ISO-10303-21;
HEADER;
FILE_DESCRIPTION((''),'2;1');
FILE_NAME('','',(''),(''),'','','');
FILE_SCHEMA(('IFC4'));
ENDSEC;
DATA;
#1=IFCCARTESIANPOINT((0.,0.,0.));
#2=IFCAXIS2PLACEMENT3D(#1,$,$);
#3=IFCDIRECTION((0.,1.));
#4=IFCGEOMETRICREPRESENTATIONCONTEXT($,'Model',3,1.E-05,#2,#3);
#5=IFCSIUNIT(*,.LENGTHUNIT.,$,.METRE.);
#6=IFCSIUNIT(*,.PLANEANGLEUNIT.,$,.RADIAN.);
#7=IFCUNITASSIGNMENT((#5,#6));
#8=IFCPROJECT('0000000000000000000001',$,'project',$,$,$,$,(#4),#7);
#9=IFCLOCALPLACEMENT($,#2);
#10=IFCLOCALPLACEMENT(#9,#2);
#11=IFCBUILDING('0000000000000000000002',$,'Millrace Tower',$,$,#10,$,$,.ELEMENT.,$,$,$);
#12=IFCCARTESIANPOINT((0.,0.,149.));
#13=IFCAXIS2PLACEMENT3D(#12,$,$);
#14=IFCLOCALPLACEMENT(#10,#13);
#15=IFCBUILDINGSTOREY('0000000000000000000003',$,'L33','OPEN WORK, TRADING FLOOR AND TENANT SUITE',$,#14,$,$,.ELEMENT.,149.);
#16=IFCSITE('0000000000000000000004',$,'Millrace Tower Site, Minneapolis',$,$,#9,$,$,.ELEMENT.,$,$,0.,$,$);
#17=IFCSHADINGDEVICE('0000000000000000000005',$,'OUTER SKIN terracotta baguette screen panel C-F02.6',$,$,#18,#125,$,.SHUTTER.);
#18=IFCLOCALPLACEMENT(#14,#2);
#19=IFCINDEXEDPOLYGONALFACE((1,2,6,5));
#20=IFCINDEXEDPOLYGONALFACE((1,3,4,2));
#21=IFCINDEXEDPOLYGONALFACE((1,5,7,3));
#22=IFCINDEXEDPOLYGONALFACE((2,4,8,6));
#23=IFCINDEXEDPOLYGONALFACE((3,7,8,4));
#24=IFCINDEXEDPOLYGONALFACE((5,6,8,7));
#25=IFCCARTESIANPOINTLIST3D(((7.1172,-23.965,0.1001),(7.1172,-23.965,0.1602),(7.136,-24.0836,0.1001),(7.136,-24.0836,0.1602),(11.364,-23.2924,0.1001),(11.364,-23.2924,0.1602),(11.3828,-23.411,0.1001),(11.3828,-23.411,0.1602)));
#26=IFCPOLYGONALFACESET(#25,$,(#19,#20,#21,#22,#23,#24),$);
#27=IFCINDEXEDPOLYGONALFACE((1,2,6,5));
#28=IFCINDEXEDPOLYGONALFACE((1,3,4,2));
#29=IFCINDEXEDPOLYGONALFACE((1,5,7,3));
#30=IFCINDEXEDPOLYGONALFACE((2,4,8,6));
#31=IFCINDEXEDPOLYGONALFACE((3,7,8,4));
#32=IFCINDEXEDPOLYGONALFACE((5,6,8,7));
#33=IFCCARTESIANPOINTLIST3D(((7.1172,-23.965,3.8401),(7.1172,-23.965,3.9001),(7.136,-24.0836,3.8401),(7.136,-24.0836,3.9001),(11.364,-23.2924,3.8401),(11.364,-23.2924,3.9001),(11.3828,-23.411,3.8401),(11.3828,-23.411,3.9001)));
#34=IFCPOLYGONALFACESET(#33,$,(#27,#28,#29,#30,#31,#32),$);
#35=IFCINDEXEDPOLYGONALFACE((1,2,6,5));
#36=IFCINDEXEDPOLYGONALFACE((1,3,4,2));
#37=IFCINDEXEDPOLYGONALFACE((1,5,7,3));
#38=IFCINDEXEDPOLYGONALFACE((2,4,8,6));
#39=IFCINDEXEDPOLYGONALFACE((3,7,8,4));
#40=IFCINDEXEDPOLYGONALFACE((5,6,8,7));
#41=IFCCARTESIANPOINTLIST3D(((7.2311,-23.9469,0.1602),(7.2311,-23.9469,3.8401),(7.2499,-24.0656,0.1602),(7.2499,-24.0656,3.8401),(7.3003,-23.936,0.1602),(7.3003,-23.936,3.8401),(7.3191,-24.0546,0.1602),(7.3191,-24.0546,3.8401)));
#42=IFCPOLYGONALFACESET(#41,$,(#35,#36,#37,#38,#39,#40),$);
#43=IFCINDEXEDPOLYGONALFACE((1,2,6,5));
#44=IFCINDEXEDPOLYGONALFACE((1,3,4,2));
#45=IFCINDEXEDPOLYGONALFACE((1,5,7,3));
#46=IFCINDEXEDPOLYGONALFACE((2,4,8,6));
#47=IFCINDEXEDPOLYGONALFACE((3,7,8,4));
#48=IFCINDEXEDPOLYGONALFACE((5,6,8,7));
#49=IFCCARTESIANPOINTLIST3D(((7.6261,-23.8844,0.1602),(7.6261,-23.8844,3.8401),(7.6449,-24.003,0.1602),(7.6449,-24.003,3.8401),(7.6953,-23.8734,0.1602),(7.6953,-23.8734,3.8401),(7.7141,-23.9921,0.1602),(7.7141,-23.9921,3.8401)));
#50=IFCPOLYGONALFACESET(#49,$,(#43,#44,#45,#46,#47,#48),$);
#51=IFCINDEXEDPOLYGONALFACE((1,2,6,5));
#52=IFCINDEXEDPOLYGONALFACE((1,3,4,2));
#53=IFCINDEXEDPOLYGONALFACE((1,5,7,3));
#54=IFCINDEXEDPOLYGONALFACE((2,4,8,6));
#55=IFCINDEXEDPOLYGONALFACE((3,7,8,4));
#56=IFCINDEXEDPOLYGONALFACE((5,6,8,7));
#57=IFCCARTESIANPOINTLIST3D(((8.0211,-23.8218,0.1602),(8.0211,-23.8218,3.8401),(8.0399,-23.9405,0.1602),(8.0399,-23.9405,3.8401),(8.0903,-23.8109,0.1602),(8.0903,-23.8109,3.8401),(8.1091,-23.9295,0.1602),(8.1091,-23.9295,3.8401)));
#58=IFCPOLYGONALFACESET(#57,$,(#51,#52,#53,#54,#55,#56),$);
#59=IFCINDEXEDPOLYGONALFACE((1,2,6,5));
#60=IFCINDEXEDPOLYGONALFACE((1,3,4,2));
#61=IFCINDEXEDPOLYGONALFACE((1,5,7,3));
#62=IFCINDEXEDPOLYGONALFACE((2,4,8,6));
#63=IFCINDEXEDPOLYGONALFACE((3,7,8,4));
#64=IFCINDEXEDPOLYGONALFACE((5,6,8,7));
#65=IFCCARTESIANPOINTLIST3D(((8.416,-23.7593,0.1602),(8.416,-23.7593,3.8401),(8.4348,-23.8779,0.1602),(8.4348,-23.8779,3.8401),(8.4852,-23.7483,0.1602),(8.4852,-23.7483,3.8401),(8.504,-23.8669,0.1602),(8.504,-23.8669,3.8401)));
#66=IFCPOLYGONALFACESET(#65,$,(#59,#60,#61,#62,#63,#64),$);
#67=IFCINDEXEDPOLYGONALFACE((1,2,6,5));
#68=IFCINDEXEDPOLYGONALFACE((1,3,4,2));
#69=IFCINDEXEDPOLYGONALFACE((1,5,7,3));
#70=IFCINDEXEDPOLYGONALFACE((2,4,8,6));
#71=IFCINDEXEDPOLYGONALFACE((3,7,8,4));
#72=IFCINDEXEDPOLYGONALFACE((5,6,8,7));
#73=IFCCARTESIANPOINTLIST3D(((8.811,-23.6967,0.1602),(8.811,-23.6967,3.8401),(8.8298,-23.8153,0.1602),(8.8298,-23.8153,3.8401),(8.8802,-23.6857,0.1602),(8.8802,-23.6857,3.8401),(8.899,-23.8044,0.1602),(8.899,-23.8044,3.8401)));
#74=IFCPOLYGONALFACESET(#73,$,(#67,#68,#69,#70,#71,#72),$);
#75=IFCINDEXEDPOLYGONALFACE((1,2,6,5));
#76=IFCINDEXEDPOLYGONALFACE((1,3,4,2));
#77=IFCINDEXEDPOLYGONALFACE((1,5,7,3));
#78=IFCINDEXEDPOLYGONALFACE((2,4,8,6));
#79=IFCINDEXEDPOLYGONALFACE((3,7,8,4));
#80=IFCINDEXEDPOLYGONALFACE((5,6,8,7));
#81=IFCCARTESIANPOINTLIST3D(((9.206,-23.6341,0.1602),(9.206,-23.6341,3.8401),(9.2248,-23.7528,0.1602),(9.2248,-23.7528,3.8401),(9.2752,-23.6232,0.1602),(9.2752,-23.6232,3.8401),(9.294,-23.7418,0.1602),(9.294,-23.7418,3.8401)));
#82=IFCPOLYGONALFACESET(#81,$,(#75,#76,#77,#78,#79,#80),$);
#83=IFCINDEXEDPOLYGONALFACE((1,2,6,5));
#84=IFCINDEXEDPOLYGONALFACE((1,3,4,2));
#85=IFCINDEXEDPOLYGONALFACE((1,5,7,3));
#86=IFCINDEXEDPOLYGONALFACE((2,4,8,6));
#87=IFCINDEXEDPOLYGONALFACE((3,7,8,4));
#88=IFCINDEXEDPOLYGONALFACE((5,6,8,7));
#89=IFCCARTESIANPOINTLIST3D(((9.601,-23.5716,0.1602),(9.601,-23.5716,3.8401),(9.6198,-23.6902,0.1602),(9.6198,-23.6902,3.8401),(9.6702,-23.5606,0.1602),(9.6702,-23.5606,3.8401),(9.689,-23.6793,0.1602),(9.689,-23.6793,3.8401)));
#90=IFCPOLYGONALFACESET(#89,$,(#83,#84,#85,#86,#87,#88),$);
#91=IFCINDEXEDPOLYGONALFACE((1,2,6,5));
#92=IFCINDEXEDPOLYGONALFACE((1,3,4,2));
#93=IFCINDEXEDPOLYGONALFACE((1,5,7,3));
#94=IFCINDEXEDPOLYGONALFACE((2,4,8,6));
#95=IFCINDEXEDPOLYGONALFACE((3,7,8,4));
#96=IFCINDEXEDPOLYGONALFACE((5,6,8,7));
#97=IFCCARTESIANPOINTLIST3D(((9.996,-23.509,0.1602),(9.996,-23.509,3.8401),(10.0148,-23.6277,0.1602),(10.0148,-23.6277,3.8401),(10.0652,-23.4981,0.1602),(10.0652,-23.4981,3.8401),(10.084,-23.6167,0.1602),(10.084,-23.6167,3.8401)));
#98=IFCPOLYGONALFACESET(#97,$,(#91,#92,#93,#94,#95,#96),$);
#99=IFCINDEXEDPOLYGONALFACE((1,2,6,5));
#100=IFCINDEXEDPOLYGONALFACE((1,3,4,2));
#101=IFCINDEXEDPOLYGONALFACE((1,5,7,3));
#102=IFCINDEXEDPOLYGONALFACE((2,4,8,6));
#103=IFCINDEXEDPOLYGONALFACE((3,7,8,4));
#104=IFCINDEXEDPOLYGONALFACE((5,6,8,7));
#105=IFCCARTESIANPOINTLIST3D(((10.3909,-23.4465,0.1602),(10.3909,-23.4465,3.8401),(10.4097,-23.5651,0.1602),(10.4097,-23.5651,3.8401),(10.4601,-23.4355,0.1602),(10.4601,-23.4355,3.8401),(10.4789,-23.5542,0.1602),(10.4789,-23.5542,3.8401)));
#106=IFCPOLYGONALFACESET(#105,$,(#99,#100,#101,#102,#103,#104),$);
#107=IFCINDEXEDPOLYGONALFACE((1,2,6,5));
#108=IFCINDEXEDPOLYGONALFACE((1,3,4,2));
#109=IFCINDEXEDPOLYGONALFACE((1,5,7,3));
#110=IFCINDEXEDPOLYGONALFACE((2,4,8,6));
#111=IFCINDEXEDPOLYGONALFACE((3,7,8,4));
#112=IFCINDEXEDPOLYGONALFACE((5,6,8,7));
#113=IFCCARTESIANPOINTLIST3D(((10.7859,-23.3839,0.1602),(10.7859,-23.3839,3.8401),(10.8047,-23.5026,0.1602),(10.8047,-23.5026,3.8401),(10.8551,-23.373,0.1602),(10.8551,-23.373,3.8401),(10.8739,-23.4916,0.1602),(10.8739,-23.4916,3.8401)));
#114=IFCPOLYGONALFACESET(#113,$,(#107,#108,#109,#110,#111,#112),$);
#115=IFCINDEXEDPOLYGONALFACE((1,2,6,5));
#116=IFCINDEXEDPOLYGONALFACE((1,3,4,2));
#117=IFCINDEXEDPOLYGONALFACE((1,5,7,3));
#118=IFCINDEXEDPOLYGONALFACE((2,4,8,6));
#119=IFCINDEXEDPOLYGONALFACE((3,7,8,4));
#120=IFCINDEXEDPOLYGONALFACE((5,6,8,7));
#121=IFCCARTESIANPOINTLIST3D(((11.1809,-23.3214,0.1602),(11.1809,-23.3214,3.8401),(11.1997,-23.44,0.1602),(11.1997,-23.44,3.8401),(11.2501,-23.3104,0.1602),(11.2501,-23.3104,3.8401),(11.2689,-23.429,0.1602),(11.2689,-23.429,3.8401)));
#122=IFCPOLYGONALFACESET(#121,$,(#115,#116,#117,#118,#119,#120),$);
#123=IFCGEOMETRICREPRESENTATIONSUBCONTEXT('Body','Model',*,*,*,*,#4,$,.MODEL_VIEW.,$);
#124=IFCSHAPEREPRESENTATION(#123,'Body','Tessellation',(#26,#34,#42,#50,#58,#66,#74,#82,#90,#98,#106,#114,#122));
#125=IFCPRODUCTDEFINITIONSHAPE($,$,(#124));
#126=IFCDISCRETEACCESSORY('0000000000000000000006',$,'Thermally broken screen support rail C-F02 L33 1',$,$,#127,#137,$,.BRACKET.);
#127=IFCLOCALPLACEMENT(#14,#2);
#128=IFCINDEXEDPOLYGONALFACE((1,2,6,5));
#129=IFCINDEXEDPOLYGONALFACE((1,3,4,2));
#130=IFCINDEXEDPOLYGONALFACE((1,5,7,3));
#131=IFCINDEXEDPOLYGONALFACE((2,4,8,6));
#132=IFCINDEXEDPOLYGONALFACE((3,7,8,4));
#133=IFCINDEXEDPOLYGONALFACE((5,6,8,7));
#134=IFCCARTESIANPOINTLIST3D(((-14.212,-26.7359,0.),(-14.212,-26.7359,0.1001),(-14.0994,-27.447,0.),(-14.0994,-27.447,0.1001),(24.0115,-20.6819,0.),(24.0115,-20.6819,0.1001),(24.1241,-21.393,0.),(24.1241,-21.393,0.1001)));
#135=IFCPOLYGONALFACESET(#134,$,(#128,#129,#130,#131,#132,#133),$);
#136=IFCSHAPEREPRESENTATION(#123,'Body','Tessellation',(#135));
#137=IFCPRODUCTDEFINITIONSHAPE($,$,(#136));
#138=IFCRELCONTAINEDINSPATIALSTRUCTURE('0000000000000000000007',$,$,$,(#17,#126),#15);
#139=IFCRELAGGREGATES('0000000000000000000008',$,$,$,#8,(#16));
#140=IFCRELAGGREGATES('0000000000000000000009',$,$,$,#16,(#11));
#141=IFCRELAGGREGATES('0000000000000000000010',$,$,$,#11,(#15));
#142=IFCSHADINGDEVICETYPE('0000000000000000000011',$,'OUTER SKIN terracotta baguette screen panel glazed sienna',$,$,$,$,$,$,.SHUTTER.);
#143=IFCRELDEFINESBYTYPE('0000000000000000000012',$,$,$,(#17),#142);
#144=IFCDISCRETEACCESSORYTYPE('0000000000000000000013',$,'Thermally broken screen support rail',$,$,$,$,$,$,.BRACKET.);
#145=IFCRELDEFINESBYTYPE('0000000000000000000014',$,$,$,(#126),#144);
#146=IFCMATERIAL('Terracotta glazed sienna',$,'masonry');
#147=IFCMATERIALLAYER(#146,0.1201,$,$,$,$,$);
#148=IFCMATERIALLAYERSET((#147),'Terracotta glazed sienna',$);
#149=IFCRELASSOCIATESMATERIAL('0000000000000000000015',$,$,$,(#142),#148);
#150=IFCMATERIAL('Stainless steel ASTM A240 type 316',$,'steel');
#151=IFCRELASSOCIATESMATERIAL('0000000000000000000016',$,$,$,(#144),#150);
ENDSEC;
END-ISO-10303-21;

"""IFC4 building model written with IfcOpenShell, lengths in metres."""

from ifc_helpers import new_model, entity, si_unit, direction, frame, frame_2d, origin, origin_2d, place, context, subcontext, project, spatial, rectangle, extrude, source, transform, mapped, material, layer, layer_set, type_object, element, save


model = new_model("IFC4")

# Units and contexts
model_context = context("Model", 3, precision=1e-05, world=origin(), true_north=direction((0.0, 1.0)))
body_context = subcontext(model_context, "Body", "Model", "MODEL_VIEW")
ifc_project = project(units=[si_unit("LENGTHUNIT", "METRE"), si_unit("PLANEANGLEUNIT", "RADIAN")], contexts=[model_context])

# Site, building, storey
site_placement = place(None, origin())
site = spatial("IfcSite", under=ifc_project, at=site_placement, Name="Millrace Tower Site, Minneapolis", CompositionType="ELEMENT", RefElevation=0.0)
building_placement = place(site_placement, origin())
building = spatial("IfcBuilding", under=site, at=building_placement, Name="Millrace Tower", CompositionType="ELEMENT")
storey_placement = place(building_placement, frame((0.0, 0.0, 149.0)))
storey = spatial("IfcBuildingStorey", under=building, at=storey_placement, Name="L33", Description="OPEN WORK, TRADING FLOOR AND TENANT SUITE", CompositionType="ELEMENT", Elevation=149.0)

# Shading device
ifc_material_1 = material(Name="Terracotta glazed sienna", Category="masonry")
ifc_layer_1 = layer(ifc_material_1, 0.1201)
ifc_layer_set_1 = layer_set([ifc_layer_1], Name="Terracotta glazed sienna")
shading_device_type = type_object("IfcShadingDeviceType", Name="OUTER SKIN terracotta baguette screen panel glazed sienna", PredefinedType="SHUTTER", material=ifc_layer_set_1)
cartesian_point = entity("IfcCartesianPoint", [-2.1499, 0.0601])
shared_polyline = entity("IfcPolyline", [cartesian_point, entity("IfcCartesianPoint", [2.1499, 0.0601]), entity("IfcCartesianPoint", [2.1499, -0.0601]), entity("IfcCartesianPoint", [-2.1499, -0.0601]), cartesian_point])
shared_shape = source(origin(), body_context, "Body", "SweptSolid", [
    entity("IfcExtrudedAreaSolid", entity("IfcArbitraryClosedProfileDef", "AREA", None, shared_polyline), entity("IfcAxis2Placement3D", entity("IfcCartesianPoint", [0.0, 0.0, 0.0])), entity("IfcDirection", [0.0, 0.0, 1.0]), 0.0601),
    entity("IfcExtrudedAreaSolid", entity("IfcArbitraryClosedProfileDef", "AREA", None, shared_polyline), entity("IfcAxis2Placement3D", entity("IfcCartesianPoint", [0.0, 0.0, 3.74])), entity("IfcDirection", [0.0, 0.0, 1.0]), 0.0601),
    extrude(rectangle(XDim=0.0701, YDim=0.1201, at=frame_2d((-1.9995, 0.0))), frame((0.0, 0.0, 0.0601)), (0.0, 0.0, 1.0), 3.6799),
    extrude(rectangle(XDim=0.0701, YDim=0.1201, at=frame_2d((-1.5996, 0.0))), frame((0.0, 0.0, 0.0601)), (0.0, 0.0, 1.0), 3.6799),
    extrude(rectangle(XDim=0.0701, YDim=0.1201, at=frame_2d((-1.1997, 0.0))), frame((0.0, 0.0, 0.0601)), (0.0, 0.0, 1.0), 3.6799),
    extrude(rectangle(XDim=0.0701, YDim=0.1201, at=frame_2d((-0.7998, 0.0))), frame((0.0, 0.0, 0.0601)), (0.0, 0.0, 1.0), 3.6799),
    extrude(rectangle(XDim=0.0701, YDim=0.1201, at=frame_2d((-0.3999, 0.0))), frame((0.0, 0.0, 0.0601)), (0.0, 0.0, 1.0), 3.6799),
    extrude(rectangle(XDim=0.0701, YDim=0.1201, at=origin_2d()), frame((0.0, 0.0, 0.0601)), (0.0, 0.0, 1.0), 3.6799),
    extrude(rectangle(XDim=0.0701, YDim=0.1201, at=frame_2d((0.3999, 0.0))), frame((0.0, 0.0, 0.0601)), (0.0, 0.0, 1.0), 3.6799),
    extrude(rectangle(XDim=0.0701, YDim=0.1201, at=frame_2d((0.7998, 0.0))), frame((0.0, 0.0, 0.0601)), (0.0, 0.0, 1.0), 3.6799),
    extrude(rectangle(XDim=0.0701, YDim=0.1201, at=frame_2d((1.1997, 0.0))), frame((0.0, 0.0, 0.0601)), (0.0, 0.0, 1.0), 3.6799),
    extrude(rectangle(XDim=0.0701, YDim=0.1201, at=frame_2d((1.5996, 0.0))), frame((0.0, 0.0, 0.0601)), (0.0, 0.0, 1.0), 3.6799),
    extrude(rectangle(XDim=0.0701, YDim=0.1201, at=frame_2d((1.9995, 0.0))), frame((0.0, 0.0, 0.0601)), (0.0, 0.0, 1.0), 3.6799),
])
for number, where, z_axis, x_axis, name in (
    (1, (9.25, -23.688, 0.1001), (0.0, 0.0, 1.0), (0.987688, 0.156434, 0.0), "OUTER SKIN terracotta baguette screen panel C-F02.6"),
):
    element("IfcShadingDevice", number, at=place(storey_placement, frame(where, z_axis=z_axis, x_axis=x_axis)), inside=storey, type_object=shading_device_type, Name=name, PredefinedType="SHUTTER", context=body_context, shape_type="MappedRepresentation", body=[
        mapped(shared_shape, transform((0.0, 0.0, 0.0), scale=1.0)),
    ])

# Discrete accessory
ifc_material_2 = material(Name="Stainless steel ASTM A240 type 316", Category="steel")
discrete_accessory_type = type_object("IfcDiscreteAccessoryType", Name="Thermally broken screen support rail", PredefinedType="BRACKET", material=ifc_material_2)
discrete_accessory_placement = place(storey_placement, frame((4.9561, -24.0645, 0.0), z_axis=(0.0, 0.0, 1.0), x_axis=(0.987688, 0.156434, 0.0)))
element("IfcDiscreteAccessory", 2, at=discrete_accessory_placement, inside=storey, type_object=discrete_accessory_type, Name="Thermally broken screen support rail C-F02 L33 1", PredefinedType="BRACKET", context=body_context, shape_type="SweptSolid", body=[
    extrude(rectangle(XDim=38.7, YDim=0.72, at=origin_2d()), origin(), (0.0, 0.0, 1.0), 0.1001),
])

save(model, "model.ifc")
